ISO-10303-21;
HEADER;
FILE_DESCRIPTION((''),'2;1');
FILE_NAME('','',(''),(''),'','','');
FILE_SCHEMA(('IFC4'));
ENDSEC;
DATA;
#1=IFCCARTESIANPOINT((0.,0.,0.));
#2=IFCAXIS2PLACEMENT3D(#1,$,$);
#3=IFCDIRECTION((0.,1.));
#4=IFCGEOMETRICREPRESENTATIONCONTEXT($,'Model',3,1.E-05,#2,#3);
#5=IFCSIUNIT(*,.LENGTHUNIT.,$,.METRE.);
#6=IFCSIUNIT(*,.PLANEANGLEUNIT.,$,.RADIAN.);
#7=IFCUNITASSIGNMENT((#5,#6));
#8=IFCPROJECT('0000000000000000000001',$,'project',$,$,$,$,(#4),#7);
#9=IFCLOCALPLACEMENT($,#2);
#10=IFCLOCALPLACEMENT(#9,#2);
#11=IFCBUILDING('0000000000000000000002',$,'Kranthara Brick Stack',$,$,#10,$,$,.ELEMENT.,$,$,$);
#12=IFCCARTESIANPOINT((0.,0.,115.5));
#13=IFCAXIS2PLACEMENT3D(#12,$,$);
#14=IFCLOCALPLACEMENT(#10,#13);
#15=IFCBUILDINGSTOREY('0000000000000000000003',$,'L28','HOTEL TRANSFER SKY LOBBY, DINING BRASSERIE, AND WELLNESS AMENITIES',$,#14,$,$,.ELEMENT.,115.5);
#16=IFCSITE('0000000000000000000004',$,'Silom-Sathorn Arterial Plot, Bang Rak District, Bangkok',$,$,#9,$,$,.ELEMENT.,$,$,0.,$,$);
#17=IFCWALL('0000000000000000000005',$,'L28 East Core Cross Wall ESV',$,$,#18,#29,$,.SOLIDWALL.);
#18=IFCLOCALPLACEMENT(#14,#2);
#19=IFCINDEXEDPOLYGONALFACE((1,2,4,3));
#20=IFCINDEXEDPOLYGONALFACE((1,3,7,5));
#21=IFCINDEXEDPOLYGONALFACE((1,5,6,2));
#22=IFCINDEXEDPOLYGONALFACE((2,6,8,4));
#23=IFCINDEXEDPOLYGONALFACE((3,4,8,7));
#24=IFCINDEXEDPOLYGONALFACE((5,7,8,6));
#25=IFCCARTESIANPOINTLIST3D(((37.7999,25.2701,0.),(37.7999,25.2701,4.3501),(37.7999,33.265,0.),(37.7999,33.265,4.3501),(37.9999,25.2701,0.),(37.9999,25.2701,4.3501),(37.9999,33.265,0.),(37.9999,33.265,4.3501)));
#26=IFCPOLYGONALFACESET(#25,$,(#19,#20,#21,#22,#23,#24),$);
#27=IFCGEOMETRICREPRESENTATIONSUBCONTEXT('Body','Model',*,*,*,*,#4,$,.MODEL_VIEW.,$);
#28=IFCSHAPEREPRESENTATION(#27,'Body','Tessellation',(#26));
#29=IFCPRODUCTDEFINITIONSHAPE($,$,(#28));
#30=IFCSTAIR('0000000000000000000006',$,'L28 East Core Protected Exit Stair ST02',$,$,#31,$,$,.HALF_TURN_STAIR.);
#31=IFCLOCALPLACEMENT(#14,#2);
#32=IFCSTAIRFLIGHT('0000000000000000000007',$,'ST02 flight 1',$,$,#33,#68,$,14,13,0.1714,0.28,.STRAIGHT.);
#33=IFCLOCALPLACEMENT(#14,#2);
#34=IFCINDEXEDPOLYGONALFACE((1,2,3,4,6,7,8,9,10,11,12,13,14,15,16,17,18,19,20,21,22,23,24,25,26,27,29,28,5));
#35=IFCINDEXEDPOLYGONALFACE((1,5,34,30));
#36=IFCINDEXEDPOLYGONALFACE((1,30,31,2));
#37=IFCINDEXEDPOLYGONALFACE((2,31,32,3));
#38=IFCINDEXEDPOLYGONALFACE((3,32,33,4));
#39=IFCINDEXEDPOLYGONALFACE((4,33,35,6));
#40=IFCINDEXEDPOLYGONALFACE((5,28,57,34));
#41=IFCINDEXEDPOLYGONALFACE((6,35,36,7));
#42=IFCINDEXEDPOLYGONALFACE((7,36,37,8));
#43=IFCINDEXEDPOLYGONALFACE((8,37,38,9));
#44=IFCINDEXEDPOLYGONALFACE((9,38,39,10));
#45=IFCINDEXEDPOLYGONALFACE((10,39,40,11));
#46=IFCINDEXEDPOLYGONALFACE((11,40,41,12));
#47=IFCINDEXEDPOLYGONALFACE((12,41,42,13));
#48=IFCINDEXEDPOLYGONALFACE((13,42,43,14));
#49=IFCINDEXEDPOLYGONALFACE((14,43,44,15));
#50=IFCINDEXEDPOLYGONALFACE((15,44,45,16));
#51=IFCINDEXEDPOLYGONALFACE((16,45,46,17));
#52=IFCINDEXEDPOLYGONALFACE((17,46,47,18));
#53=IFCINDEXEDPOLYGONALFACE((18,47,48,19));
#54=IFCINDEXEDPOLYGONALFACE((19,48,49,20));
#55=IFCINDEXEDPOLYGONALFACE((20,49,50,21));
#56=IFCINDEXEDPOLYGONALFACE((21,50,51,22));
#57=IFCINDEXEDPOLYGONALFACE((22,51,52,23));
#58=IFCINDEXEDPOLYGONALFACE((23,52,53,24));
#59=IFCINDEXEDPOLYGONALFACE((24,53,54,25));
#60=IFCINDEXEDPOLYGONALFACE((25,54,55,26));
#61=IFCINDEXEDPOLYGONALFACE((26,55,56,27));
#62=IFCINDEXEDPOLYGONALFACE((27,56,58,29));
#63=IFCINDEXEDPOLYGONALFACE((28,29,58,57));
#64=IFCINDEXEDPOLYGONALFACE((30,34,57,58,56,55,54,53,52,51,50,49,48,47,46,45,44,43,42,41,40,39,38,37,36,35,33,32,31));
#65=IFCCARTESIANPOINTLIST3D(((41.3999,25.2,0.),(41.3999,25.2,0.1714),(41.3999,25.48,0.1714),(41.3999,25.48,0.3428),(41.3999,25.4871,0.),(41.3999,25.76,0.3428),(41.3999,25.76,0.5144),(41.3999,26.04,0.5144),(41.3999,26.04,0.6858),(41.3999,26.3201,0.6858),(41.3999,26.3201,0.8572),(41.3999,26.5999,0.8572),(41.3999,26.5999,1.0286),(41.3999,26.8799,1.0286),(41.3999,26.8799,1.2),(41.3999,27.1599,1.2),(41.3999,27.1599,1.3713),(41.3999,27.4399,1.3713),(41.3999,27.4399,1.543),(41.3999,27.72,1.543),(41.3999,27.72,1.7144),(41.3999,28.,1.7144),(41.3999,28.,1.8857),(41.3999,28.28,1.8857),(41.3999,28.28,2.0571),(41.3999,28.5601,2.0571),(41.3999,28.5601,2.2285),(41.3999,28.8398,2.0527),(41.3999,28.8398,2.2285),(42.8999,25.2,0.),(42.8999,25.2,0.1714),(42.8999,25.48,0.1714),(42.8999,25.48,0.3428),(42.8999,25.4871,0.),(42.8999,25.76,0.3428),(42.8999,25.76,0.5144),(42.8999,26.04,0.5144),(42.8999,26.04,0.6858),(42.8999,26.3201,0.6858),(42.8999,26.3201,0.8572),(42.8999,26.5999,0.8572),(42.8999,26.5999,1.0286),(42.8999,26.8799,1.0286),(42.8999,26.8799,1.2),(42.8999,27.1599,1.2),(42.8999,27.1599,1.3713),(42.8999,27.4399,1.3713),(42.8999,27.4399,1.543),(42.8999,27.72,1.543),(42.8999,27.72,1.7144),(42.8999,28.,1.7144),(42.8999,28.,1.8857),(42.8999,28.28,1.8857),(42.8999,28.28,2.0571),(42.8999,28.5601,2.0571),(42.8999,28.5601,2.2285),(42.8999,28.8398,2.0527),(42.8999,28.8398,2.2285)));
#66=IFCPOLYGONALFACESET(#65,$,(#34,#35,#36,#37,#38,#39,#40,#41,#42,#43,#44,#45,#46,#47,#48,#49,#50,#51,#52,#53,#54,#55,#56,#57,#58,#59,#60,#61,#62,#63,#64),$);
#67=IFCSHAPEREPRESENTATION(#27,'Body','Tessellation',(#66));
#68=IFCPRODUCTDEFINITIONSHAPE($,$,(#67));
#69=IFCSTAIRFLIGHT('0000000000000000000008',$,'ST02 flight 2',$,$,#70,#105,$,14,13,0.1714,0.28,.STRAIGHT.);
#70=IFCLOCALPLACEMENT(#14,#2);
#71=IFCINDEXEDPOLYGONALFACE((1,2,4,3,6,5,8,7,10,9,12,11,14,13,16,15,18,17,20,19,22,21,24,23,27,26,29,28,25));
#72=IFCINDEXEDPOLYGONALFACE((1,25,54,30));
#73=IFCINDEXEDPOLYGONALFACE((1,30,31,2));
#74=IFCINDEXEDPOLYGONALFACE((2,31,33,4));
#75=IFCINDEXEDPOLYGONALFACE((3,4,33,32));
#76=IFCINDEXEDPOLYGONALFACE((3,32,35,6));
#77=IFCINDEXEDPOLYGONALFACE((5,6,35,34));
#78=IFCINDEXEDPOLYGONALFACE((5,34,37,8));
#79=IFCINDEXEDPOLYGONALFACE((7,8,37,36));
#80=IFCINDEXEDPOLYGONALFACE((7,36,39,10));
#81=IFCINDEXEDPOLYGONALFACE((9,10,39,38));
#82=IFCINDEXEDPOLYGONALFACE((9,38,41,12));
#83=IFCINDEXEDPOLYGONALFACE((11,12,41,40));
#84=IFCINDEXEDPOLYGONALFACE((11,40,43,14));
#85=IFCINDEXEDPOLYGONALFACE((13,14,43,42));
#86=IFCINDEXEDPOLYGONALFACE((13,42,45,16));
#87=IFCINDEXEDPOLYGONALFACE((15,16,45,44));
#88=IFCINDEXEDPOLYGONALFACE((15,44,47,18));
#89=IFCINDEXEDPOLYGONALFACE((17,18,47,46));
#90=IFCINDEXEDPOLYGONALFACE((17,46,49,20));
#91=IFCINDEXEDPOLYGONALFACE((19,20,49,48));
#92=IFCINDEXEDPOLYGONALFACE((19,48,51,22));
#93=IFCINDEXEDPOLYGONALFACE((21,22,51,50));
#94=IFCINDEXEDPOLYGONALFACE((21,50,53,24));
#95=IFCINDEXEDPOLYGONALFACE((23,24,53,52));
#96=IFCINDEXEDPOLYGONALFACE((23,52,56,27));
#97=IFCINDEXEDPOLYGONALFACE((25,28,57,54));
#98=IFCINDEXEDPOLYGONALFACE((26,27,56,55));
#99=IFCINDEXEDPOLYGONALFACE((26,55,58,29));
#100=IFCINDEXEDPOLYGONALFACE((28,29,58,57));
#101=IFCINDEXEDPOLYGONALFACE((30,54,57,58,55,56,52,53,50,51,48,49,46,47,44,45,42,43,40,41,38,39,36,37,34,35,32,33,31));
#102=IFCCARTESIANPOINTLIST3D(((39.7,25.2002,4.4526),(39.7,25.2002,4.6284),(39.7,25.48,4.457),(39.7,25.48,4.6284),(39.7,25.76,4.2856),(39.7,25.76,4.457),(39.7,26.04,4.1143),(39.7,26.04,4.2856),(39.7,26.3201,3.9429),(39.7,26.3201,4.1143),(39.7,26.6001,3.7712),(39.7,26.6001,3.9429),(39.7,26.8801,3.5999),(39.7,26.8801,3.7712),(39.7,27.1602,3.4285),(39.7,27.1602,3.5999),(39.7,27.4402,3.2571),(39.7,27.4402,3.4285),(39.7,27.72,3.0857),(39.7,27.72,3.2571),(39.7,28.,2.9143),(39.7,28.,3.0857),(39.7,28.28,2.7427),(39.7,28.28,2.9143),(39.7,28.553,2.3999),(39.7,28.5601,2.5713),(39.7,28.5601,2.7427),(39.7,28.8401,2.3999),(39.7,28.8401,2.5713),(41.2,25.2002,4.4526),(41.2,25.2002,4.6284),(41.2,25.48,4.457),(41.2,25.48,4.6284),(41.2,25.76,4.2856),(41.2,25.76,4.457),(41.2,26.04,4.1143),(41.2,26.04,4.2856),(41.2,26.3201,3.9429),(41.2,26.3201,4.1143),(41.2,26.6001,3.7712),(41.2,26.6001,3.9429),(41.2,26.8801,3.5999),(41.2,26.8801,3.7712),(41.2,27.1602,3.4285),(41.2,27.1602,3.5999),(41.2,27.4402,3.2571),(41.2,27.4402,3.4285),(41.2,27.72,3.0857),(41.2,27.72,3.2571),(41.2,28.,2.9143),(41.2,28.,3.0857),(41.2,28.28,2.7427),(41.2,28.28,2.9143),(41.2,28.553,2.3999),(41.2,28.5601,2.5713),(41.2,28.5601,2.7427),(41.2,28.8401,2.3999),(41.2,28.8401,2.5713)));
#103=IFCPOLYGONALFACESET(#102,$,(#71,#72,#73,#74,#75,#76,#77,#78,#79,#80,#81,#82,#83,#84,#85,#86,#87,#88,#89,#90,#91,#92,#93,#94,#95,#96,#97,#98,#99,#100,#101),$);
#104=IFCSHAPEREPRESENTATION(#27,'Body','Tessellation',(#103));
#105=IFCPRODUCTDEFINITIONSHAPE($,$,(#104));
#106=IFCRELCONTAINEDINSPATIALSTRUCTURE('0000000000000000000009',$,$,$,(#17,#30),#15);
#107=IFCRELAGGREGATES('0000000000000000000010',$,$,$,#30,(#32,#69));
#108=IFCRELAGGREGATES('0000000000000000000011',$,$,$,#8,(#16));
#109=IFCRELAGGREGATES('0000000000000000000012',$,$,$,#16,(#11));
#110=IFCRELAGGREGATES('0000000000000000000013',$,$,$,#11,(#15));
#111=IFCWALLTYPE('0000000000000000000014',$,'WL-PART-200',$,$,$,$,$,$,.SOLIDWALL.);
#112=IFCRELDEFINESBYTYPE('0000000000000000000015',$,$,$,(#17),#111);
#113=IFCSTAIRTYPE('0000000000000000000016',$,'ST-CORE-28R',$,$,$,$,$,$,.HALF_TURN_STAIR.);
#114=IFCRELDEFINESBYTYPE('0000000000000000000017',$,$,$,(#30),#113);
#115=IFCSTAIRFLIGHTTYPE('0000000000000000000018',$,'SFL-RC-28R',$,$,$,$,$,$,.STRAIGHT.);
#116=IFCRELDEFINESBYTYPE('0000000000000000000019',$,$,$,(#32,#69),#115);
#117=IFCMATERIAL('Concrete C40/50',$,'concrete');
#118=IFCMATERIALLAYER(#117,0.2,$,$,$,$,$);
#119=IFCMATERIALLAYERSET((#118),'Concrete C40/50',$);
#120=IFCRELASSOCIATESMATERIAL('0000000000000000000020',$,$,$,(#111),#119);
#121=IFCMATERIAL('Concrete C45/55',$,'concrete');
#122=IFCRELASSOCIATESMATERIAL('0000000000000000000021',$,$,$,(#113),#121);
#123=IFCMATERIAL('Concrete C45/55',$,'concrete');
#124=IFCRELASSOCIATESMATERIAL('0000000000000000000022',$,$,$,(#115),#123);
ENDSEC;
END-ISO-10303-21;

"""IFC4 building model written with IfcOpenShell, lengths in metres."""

from ifc_helpers import new_model, si_unit, direction, frame, frame_2d, origin, place, context, subcontext, project, spatial, polyline, rectangle, outline, extrude, material, layer, layer_set, type_object, element, aggregate, save


model = new_model("IFC4")

# Units and contexts
model_context = context("Model", 3, precision=1e-05, world=origin(), true_north=direction((0.0, 1.0)))
body_context = subcontext(model_context, "Body", "Model", "MODEL_VIEW")
ifc_project = project(units=[si_unit("LENGTHUNIT", "METRE"), si_unit("PLANEANGLEUNIT", "RADIAN")], contexts=[model_context])

# Site, building, storey
site_placement = place(None, origin())
site = spatial("IfcSite", under=ifc_project, at=site_placement, Name="Silom-Sathorn Arterial Plot, Bang Rak District, Bangkok", CompositionType="ELEMENT", RefElevation=0.0)
building_placement = place(site_placement, origin())
building = spatial("IfcBuilding", under=site, at=building_placement, Name="Kranthara Brick Stack", CompositionType="ELEMENT")
storey_placement = place(building_placement, frame((0.0, 0.0, 115.5)))
storey = spatial("IfcBuildingStorey", under=building, at=storey_placement, Name="L28", Description="HOTEL TRANSFER SKY LOBBY, DINING BRASSERIE, AND WELLNESS AMENITIES", CompositionType="ELEMENT", Elevation=115.5)

# Wall
ifc_material_1 = material(Name="Concrete C40/50", Category="concrete")
ifc_layer_1 = layer(ifc_material_1, 0.2)
ifc_layer_set_1 = layer_set([ifc_layer_1], Name="Concrete C40/50")
wall_type_1 = type_object("IfcWallType", Name="WL-PART-200", PredefinedType="SOLIDWALL", material=ifc_layer_set_1)
wall_1_placement = place(storey_placement, frame((37.8999, 25.27, 0.0), z_axis=(0.0, 0.0, 1.0), x_axis=(0.0, 1.0, 0.0)))
element("IfcWall", 1, at=wall_1_placement, inside=storey, type_object=wall_type_1, Name="L28 East Core Cross Wall ESV", PredefinedType="SOLIDWALL", context=body_context, shape_type="SweptSolid", body=[
    extrude(rectangle(XDim=7.9949, YDim=0.2, at=frame_2d((3.9976, 0.0))), origin(), (0.0, 0.0, 1.0), 4.3501),
])

# Stair, stair flights
ifc_material_2 = material(Name="Concrete C45/55", Category="concrete")
stair_type = type_object("IfcStairType", Name="ST-CORE-28R", PredefinedType="HALF_TURN_STAIR", material=ifc_material_2)
stair_placement = place(storey_placement, origin())
stair = element("IfcStair", 2, at=stair_placement, inside=storey, type_object=stair_type, Name="L28 East Core Protected Exit Stair ST02", PredefinedType="HALF_TURN_STAIR")
ifc_material_3 = material(Name="Concrete C45/55", Category="concrete")
stair_flight_type = type_object("IfcStairFlightType", Name="SFL-RC-28R", PredefinedType="STRAIGHT", material=ifc_material_3)
stair_flight_1_placement = place(storey_placement, frame((42.1499, 25.2, 0.0), z_axis=(0.0, 0.0, 1.0), x_axis=(0.0, 1.0, 0.0)))
stair_flight_1 = element("IfcStairFlight", 3, at=stair_flight_1_placement, type_object=stair_flight_type, Name="ST02 flight 1", NumberOfRisers=14, NumberOfTreads=13, PredefinedType="STRAIGHT", RiserHeight=0.1714, TreadLength=0.28, context=body_context, shape_type="SweptSolid", body=[
    extrude(outline(polyline([(0.0, 0.0), (0.0, 0.1714), (0.28, 0.1714), (0.28, 0.3428), (0.5601, 0.3428), (0.5601, 0.5144), (0.8401, 0.5144), (0.8401, 0.6858), (1.1201, 0.6858), (1.1201, 0.8572), (1.3999, 0.8572), (1.3999, 1.0286), (1.6799, 1.0286), (1.6799, 1.2), (1.96, 1.2), (1.96, 1.3713), (2.24, 1.3713), (2.24, 1.543), (2.52, 1.543), (2.52, 1.7144), (2.8, 1.7144), (2.8, 1.8857), (3.0801, 1.8857), (3.0801, 2.0571), (3.3601, 2.0571), (3.3601, 2.2285), (3.6399, 2.2285), (3.6399, 2.3999), (3.6399, 2.0527), (0.2871, 0.0), (0.0, 0.0)])), frame((0.0, 0.75, 0.0), z_axis=(0.0, -1.0, 0.0), x_axis=(1.0, 0.0, 0.0)), (0.0, 0.0, 1.0), 1.5),
])
stair_flight_2_placement = place(storey_placement, frame((40.45, 28.8401, 2.3999), z_axis=(0.0, 0.0, 1.0), x_axis=(0.0, -1.0, 0.0)))
stair_flight_2 = element("IfcStairFlight", 4, at=stair_flight_2_placement, type_object=stair_flight_type, Name="ST02 flight 2", NumberOfRisers=14, NumberOfTreads=13, PredefinedType="STRAIGHT", RiserHeight=0.1714, TreadLength=0.28, context=body_context, shape_type="SweptSolid", body=[
    extrude(outline(polyline([(0.0, 0.0), (0.0, 0.1714), (0.28, 0.1714), (0.28, 0.3428), (0.5601, 0.3428), (0.5601, 0.5144), (0.8401, 0.5144), (0.8401, 0.6858), (1.1201, 0.6858), (1.1201, 0.8572), (1.3999, 0.8572), (1.3999, 1.0286), (1.6799, 1.0286), (1.6799, 1.2), (1.96, 1.2), (1.96, 1.3713), (2.24, 1.3713), (2.24, 1.543), (2.52, 1.543), (2.52, 1.7144), (2.8, 1.7144), (2.8, 1.8857), (3.0801, 1.8857), (3.0801, 2.0571), (3.3601, 2.0571), (3.3601, 2.2285), (3.6399, 2.2285), (3.6399, 2.3999), (3.6399, 2.0527), (0.2871, 0.0), (0.0, 0.0)])), frame((0.0, 0.75, 0.0), z_axis=(0.0, -1.0, 0.0), x_axis=(1.0, 0.0, 0.0)), (0.0, 0.0, 1.0), 1.5),
])
aggregate(stair, [stair_flight_1, stair_flight_2])

save(model, "model.ifc")
